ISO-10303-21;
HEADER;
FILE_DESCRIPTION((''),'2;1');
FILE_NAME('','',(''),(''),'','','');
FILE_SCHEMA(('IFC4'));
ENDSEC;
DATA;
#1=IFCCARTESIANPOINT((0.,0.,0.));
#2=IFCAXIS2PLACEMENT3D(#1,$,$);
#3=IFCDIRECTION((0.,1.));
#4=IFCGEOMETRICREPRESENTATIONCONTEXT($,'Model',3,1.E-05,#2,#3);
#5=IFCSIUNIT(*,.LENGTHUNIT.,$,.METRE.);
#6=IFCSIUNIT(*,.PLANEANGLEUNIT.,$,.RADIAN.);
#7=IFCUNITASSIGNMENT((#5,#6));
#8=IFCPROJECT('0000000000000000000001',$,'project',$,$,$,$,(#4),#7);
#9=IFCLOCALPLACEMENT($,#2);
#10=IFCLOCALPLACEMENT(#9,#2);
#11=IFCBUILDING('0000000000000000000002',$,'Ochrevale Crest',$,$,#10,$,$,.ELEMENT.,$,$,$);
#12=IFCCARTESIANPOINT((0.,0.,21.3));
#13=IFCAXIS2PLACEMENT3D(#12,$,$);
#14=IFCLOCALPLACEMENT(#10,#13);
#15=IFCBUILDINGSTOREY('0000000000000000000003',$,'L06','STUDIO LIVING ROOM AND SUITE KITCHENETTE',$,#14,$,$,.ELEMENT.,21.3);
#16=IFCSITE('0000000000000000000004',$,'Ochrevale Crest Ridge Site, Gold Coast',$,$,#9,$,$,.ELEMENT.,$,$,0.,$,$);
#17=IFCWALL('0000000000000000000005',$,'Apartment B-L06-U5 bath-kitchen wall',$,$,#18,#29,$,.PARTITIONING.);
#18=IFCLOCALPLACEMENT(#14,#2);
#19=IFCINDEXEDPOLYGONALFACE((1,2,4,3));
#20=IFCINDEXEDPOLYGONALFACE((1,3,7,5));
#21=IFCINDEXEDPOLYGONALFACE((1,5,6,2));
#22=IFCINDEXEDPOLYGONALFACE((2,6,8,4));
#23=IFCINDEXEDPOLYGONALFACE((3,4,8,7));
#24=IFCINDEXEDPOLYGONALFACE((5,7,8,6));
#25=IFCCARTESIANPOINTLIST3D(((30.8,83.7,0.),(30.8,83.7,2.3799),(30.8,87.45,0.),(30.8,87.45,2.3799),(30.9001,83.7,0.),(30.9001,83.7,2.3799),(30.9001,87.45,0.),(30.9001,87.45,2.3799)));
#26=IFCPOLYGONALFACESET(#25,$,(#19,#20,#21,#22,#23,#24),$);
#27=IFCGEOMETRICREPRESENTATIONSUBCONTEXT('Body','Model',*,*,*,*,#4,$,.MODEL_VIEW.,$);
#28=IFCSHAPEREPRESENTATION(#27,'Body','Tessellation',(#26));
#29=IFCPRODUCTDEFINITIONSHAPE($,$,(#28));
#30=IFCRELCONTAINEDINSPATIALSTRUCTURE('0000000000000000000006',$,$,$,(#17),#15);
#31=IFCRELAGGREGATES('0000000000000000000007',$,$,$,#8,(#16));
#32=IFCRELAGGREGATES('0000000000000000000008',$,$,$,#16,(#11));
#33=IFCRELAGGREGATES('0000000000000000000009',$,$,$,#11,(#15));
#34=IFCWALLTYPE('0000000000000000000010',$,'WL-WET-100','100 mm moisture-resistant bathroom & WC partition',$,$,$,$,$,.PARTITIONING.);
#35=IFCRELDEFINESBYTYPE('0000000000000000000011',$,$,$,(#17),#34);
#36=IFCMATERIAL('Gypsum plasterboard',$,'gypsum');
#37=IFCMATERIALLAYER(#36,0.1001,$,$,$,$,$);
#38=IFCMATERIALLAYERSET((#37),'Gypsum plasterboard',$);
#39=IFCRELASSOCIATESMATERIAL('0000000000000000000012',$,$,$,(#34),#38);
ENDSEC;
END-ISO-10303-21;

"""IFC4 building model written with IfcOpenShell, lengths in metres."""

from ifc_helpers import new_model, si_unit, direction, frame, frame_2d, origin, place, context, subcontext, project, spatial, rectangle, extrude, material, layer, layer_set, type_object, element, save


model = new_model("IFC4")

# Units and contexts
model_context = context("Model", 3, precision=1e-05, world=origin(), true_north=direction((0.0, 1.0)))
body_context = subcontext(model_context, "Body", "Model", "MODEL_VIEW")
ifc_project = project(units=[si_unit("LENGTHUNIT", "METRE"), si_unit("PLANEANGLEUNIT", "RADIAN")], contexts=[model_context])

# Site, building, storey
site_placement = place(None, origin())
site = spatial("IfcSite", under=ifc_project, at=site_placement, Name="Ochrevale Crest Ridge Site, Gold Coast", CompositionType="ELEMENT", RefElevation=0.0)
building_placement = place(site_placement, origin())
building = spatial("IfcBuilding", under=site, at=building_placement, Name="Ochrevale Crest", CompositionType="ELEMENT")
storey_placement = place(building_placement, frame((0.0, 0.0, 21.3)))
storey = spatial("IfcBuildingStorey", under=building, at=storey_placement, Name="L06", Description="STUDIO LIVING ROOM AND SUITE KITCHENETTE", CompositionType="ELEMENT", Elevation=21.3)

# Shared definitions
ifc_material_1 = material(Name="Gypsum plasterboard", Category="gypsum")

# Wall
ifc_layer_1 = layer(ifc_material_1, 0.1001)
ifc_layer_set_1 = layer_set([ifc_layer_1], Name="Gypsum plasterboard")
wall_type_1 = type_object("IfcWallType", Name="WL-WET-100", Description="100 mm moisture-resistant bathroom & WC partition", PredefinedType="PARTITIONING", material=ifc_layer_set_1)
wall_1_placement = place(storey_placement, frame((30.8501, 83.7, 0.0), z_axis=(0.0, 0.0, 1.0), x_axis=(0.0, 1.0, 0.0)))
element("IfcWall", 1, at=wall_1_placement, inside=storey, type_object=wall_type_1, Name="Apartment B-L06-U5 bath-kitchen wall", PredefinedType="PARTITIONING", context=body_context, shape_type="SweptSolid", body=[
    extrude(rectangle(XDim=3.75, YDim=0.1001, at=frame_2d((1.875, 0.0))), origin(), (0.0, 0.0, 1.0), 2.3799),
])

save(model, "model.ifc")
